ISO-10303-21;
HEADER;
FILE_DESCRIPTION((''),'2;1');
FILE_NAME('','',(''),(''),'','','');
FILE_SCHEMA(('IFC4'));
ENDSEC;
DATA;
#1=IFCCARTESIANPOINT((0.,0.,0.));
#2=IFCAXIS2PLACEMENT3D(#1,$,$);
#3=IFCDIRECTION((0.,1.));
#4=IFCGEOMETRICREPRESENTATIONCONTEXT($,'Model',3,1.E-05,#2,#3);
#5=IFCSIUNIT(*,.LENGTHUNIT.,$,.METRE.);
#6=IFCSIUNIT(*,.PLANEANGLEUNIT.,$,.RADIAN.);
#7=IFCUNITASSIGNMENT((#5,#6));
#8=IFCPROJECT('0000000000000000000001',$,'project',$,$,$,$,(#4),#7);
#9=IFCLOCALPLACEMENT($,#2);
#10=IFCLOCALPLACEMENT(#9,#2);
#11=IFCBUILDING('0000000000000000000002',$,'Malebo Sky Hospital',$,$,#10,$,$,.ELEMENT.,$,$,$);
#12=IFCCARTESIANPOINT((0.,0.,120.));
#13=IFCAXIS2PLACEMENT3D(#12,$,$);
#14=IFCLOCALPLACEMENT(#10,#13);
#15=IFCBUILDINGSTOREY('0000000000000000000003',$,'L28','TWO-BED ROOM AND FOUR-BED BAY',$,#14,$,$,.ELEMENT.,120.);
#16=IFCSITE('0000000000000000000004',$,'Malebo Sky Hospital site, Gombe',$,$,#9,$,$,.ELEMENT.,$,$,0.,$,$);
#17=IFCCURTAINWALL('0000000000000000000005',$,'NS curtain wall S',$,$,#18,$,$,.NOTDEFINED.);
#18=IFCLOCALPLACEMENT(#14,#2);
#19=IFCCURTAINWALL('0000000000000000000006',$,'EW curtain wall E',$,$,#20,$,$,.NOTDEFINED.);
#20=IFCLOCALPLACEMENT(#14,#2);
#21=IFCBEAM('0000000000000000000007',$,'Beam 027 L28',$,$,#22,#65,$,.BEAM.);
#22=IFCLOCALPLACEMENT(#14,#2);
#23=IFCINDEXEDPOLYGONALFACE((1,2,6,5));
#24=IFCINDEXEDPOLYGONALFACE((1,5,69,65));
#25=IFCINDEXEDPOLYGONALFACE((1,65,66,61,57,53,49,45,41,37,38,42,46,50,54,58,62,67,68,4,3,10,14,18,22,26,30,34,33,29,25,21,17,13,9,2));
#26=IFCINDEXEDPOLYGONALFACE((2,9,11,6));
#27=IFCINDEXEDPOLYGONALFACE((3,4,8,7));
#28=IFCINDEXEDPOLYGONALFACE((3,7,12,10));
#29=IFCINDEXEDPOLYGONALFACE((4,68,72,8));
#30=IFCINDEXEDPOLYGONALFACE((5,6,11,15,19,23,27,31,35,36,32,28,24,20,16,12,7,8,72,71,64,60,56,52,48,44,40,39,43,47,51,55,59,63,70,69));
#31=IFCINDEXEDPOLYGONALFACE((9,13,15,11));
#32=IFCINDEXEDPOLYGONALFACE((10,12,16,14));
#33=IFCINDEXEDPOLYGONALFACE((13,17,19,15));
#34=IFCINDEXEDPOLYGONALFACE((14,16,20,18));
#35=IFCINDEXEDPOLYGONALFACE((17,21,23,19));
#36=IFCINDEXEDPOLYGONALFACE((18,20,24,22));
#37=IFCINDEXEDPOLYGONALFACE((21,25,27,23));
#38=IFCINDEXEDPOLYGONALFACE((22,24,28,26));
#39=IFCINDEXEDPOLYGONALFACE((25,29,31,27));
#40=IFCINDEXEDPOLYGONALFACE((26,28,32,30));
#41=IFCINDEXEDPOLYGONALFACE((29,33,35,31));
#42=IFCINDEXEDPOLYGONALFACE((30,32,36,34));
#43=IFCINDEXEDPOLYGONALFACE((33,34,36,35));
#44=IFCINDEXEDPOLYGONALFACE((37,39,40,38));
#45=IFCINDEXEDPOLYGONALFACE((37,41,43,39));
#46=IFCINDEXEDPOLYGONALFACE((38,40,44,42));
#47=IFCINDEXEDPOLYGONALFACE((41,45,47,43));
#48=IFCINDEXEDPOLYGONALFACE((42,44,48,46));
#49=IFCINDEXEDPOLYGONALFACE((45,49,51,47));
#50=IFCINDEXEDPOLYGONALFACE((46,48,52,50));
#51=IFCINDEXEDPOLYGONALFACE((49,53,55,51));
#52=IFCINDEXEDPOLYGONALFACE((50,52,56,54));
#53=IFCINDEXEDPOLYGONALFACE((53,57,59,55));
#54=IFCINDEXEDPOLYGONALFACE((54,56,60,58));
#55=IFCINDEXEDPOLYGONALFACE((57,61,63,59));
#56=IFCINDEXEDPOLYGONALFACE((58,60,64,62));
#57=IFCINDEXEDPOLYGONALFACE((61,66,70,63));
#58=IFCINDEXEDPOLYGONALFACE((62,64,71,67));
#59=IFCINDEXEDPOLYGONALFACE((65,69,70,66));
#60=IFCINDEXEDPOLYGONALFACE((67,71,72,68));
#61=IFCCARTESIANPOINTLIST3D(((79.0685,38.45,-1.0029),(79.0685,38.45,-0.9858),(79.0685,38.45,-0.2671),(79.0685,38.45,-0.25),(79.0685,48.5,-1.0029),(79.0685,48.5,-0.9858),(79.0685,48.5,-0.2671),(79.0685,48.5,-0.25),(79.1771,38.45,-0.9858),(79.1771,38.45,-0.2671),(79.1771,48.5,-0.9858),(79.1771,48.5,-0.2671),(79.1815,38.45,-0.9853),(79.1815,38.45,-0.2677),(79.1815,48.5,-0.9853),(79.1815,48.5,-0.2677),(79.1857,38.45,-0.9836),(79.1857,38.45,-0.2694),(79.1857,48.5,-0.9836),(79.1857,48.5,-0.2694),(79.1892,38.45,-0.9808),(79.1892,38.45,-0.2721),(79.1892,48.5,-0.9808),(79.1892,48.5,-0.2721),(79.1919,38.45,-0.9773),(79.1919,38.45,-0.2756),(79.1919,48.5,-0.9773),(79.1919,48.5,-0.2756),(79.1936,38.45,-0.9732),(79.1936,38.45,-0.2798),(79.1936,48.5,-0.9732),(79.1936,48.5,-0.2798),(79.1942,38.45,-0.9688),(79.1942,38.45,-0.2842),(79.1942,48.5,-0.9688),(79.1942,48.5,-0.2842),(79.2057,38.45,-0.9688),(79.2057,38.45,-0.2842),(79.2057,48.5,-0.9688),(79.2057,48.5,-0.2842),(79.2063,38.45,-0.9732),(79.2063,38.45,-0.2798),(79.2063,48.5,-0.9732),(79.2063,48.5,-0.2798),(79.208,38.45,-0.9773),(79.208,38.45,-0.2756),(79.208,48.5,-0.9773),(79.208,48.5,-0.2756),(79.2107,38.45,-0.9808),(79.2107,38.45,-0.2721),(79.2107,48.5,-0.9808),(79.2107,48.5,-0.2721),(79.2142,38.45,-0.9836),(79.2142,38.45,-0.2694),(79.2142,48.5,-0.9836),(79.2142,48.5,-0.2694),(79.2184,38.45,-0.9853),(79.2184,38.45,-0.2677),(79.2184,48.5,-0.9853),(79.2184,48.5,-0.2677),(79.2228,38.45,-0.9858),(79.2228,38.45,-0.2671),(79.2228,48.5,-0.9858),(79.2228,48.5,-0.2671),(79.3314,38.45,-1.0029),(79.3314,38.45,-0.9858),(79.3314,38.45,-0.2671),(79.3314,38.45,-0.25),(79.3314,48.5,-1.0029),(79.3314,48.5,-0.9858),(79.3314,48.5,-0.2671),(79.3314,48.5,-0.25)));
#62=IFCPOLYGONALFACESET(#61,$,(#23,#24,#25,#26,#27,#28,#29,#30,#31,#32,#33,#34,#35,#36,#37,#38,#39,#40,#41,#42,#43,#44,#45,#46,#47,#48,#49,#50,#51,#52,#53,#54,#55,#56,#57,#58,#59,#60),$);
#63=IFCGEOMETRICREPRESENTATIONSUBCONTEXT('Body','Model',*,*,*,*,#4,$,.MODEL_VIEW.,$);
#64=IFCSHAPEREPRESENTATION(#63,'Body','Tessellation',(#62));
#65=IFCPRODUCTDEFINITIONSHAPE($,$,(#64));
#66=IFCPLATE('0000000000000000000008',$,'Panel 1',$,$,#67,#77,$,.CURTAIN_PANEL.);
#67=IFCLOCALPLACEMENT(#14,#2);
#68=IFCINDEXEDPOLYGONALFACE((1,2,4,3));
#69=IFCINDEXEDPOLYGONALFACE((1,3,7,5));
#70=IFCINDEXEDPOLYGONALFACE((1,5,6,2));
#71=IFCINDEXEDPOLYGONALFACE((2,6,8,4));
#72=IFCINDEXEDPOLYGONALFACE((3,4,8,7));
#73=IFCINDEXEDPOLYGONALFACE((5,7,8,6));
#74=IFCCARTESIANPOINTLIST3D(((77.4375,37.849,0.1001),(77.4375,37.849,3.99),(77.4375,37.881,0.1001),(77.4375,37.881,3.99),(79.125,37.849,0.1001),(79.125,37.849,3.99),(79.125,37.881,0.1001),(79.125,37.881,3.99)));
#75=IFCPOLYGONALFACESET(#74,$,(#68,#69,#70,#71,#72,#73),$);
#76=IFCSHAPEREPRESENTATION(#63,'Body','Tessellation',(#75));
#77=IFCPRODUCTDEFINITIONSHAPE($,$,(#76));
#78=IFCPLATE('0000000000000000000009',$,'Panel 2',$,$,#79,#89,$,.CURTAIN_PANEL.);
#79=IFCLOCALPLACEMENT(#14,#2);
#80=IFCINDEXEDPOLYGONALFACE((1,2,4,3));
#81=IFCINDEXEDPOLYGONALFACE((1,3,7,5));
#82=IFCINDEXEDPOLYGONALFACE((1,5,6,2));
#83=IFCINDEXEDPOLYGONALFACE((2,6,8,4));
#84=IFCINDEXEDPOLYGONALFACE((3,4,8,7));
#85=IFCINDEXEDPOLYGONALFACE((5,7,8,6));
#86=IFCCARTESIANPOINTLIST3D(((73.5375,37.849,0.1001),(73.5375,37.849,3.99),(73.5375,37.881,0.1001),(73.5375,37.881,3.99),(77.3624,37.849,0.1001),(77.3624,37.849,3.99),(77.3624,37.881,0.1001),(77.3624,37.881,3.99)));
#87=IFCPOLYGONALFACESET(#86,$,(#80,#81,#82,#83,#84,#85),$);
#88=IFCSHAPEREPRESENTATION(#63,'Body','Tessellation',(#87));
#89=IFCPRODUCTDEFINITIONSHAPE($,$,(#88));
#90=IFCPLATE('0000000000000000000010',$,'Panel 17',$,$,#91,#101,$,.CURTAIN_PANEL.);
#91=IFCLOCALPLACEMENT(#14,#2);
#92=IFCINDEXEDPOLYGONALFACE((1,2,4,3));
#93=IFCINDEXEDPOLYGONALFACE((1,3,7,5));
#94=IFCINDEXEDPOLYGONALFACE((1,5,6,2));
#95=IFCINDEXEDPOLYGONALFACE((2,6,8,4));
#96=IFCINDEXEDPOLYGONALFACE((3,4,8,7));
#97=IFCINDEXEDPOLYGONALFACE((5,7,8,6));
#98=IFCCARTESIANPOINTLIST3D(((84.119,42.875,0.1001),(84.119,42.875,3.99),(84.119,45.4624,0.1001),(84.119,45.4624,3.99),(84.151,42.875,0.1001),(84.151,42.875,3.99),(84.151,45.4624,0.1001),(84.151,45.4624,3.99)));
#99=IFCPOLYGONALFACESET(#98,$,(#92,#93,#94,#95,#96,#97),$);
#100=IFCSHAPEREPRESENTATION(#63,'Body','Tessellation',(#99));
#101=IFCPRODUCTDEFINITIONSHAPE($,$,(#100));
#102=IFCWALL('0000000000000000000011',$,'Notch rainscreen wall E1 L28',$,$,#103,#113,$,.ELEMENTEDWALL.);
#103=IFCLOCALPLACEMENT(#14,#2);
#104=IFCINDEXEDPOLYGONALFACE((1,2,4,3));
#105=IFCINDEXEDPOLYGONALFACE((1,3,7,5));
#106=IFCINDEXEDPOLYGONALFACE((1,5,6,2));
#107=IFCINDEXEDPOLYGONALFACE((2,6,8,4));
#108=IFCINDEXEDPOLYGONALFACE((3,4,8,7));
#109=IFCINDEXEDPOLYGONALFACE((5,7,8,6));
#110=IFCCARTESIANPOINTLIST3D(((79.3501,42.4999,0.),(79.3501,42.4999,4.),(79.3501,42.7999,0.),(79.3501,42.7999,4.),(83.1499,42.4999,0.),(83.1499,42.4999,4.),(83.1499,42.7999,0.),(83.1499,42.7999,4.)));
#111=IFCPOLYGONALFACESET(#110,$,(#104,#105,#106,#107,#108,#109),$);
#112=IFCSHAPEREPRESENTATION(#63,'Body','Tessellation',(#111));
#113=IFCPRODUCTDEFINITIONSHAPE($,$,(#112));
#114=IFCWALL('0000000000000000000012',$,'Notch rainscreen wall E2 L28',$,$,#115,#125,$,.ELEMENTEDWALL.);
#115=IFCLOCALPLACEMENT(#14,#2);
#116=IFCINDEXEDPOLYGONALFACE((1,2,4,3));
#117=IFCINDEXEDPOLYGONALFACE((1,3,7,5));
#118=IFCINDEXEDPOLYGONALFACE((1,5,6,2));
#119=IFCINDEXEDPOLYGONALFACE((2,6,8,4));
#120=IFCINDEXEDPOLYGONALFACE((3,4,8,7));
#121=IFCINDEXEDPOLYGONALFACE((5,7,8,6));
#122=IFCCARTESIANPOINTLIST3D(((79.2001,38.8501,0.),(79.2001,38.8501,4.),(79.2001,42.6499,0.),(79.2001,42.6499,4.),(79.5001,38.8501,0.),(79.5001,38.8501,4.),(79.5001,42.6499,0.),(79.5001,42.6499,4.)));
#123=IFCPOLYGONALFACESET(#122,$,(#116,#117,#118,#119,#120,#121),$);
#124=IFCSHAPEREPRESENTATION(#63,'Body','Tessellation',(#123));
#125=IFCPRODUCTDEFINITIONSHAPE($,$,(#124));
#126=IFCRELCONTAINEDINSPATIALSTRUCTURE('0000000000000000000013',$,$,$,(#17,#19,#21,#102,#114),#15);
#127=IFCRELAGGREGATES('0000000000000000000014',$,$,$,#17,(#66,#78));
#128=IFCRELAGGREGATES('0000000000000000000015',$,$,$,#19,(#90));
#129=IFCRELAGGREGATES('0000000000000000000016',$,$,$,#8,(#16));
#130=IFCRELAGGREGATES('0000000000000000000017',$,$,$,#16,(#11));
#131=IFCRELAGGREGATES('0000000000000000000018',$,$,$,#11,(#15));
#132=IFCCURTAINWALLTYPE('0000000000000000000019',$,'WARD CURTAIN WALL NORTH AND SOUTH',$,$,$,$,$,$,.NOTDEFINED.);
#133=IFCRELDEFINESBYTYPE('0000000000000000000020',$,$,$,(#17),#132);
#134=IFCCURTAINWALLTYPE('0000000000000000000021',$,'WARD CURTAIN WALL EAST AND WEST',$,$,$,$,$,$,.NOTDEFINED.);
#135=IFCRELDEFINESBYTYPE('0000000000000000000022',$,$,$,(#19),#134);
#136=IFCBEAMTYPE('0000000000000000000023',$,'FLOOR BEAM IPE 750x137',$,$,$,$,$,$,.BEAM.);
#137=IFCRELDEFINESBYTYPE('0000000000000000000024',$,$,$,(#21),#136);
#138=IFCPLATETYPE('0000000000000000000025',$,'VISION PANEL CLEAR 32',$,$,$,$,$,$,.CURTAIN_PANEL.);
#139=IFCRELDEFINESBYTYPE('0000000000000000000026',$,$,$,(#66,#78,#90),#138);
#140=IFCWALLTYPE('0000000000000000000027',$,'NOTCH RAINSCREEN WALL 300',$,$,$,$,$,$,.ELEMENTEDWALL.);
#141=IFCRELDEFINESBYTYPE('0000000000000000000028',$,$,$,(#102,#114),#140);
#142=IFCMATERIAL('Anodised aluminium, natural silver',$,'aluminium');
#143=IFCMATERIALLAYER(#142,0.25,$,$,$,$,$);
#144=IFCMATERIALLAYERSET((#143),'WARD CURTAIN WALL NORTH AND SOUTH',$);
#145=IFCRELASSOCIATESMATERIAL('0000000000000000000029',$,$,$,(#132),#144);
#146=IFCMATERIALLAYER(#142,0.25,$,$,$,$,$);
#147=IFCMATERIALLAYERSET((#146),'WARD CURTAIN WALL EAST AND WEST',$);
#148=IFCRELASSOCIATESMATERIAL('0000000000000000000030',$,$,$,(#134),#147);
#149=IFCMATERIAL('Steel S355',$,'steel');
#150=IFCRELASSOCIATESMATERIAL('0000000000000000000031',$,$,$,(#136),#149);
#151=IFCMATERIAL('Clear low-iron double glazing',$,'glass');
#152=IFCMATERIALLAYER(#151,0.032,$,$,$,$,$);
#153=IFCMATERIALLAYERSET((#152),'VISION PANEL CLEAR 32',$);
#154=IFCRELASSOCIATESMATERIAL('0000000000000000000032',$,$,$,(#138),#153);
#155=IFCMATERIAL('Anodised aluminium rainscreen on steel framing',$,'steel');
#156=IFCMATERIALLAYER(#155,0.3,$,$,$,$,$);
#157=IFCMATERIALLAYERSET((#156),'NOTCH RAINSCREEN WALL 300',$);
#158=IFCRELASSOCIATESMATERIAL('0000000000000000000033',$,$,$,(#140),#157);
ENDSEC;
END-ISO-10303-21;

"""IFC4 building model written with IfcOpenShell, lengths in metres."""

from ifc_helpers import new_model, si_unit, direction, frame, frame_2d, origin, origin_2d, place, context, subcontext, project, spatial, rectangle, i_section, extrude, material, layer, layer_set, material_profile, profile_set, type_object, element, aggregate, save


model = new_model("IFC4")

# Units and contexts
model_context = context("Model", 3, precision=1e-05, world=origin(), true_north=direction((0.0, 1.0)))
body_context = subcontext(model_context, "Body", "Model", "MODEL_VIEW")
ifc_project = project(units=[si_unit("LENGTHUNIT", "METRE"), si_unit("PLANEANGLEUNIT", "RADIAN")], contexts=[model_context])

# Site, building, storey
site_placement = place(None, origin())
site = spatial("IfcSite", under=ifc_project, at=site_placement, Name="Malebo Sky Hospital site, Gombe", CompositionType="ELEMENT", RefElevation=0.0)
building_placement = place(site_placement, origin())
building = spatial("IfcBuilding", under=site, at=building_placement, Name="Malebo Sky Hospital", CompositionType="ELEMENT")
storey_placement = place(building_placement, frame((0.0, 0.0, 120.0)))
storey = spatial("IfcBuildingStorey", under=building, at=storey_placement, Name="L28", Description="TWO-BED ROOM AND FOUR-BED BAY", CompositionType="ELEMENT", Elevation=120.0)

# Curtain wall
ifc_material_1 = material(Name="Anodised aluminium, natural silver", Category="aluminium")
ifc_layer_1 = layer(ifc_material_1, 0.25)
ifc_layer_set_1 = layer_set([ifc_layer_1], Name="WARD CURTAIN WALL NORTH AND SOUTH")
curtain_wall_type_1 = type_object("IfcCurtainWallType", Name="WARD CURTAIN WALL NORTH AND SOUTH", PredefinedType="NOTDEFINED", material=ifc_layer_set_1)
curtain_wall_1_placement = place(storey_placement, origin())
curtain_wall_1 = element("IfcCurtainWall", 1, at=curtain_wall_1_placement, inside=storey, type_object=curtain_wall_type_1, Name="NS curtain wall S", PredefinedType="NOTDEFINED")

# Curtain wall
ifc_layer_2 = layer(ifc_material_1, 0.25)
ifc_layer_set_2 = layer_set([ifc_layer_2], Name="WARD CURTAIN WALL EAST AND WEST")
curtain_wall_type_2 = type_object("IfcCurtainWallType", Name="WARD CURTAIN WALL EAST AND WEST", PredefinedType="NOTDEFINED", material=ifc_layer_set_2)
curtain_wall_2_placement = place(storey_placement, origin())
curtain_wall_2 = element("IfcCurtainWall", 2, at=curtain_wall_2_placement, inside=storey, type_object=curtain_wall_type_2, Name="EW curtain wall E", PredefinedType="NOTDEFINED")

# Beam
ifc_material_2 = material(Name="Steel S355", Category="steel")
ifc_material_profile_1 = material_profile(ifc_material_2, i_section(OverallWidth=0.2629, OverallDepth=0.7529, WebThickness=0.0115, FlangeThickness=0.0171, FilletRadius=0.0171, at=origin_2d()), Name="IPE 750x137")
ifc_profile_set_1 = profile_set([ifc_material_profile_1], Name="Steel S355")
beam_type_1 = type_object("IfcBeamType", Name="FLOOR BEAM IPE 750x137", PredefinedType="BEAM", material=ifc_profile_set_1)
beam_1_placement = place(storey_placement, frame((79.2, 38.45, -0.6265), z_axis=(0.0, 1.0, 0.0), x_axis=(-1.0, 0.0, 0.0)))
element("IfcBeam", 3, at=beam_1_placement, inside=storey, type_object=beam_type_1, Name="Beam 027 L28", PredefinedType="BEAM", context=body_context, shape_type="SweptSolid", body=[
    extrude(i_section(OverallWidth=0.2629, OverallDepth=0.7529, WebThickness=0.0115, FlangeThickness=0.0171, FilletRadius=0.0171, at=origin_2d()), origin(), (0.0, 0.0, 1.0), 10.05),
])

# Plates
ifc_material_3 = material(Name="Clear low-iron double glazing", Category="glass")
ifc_layer_3 = layer(ifc_material_3, 0.032)
ifc_layer_set_3 = layer_set([ifc_layer_3], Name="VISION PANEL CLEAR 32")
plate_type = type_object("IfcPlateType", Name="VISION PANEL CLEAR 32", PredefinedType="CURTAIN_PANEL", material=ifc_layer_set_3)
plate_1_placement = place(storey_placement, frame((78.2812, 37.865, 0.1001), z_axis=(0.0, 0.0, 1.0), x_axis=(-1.0, 0.0, 0.0)))
plate_1 = element("IfcPlate", 4, at=plate_1_placement, type_object=plate_type, Name="Panel 1", PredefinedType="CURTAIN_PANEL", context=body_context, shape_type="SweptSolid", body=[
    extrude(rectangle(XDim=1.6875, YDim=0.032, at=origin_2d()), origin(), (0.0, 0.0, 1.0), 3.8899),
])
plate_2_placement = place(storey_placement, frame((75.45, 37.865, 0.1001), z_axis=(0.0, 0.0, 1.0), x_axis=(-1.0, 0.0, 0.0)))
plate_2 = element("IfcPlate", 5, at=plate_2_placement, type_object=plate_type, Name="Panel 2", PredefinedType="CURTAIN_PANEL", context=body_context, shape_type="SweptSolid", body=[
    extrude(rectangle(XDim=3.825, YDim=0.032, at=origin_2d()), origin(), (0.0, 0.0, 1.0), 3.8899),
])
aggregate(curtain_wall_1, [plate_1, plate_2])
plate_3_placement = place(storey_placement, frame((84.135, 44.1687, 0.1001), z_axis=(0.0, 0.0, 1.0), x_axis=(0.0, -1.0, 0.0)))
plate_3 = element("IfcPlate", 6, at=plate_3_placement, type_object=plate_type, Name="Panel 17", PredefinedType="CURTAIN_PANEL", context=body_context, shape_type="SweptSolid", body=[
    extrude(rectangle(XDim=2.5874, YDim=0.032, at=origin_2d()), origin(), (0.0, 0.0, 1.0), 3.8899),
])
aggregate(curtain_wall_2, [plate_3])

# Walls
ifc_material_4 = material(Name="Anodised aluminium rainscreen on steel framing", Category="steel")
ifc_layer_4 = layer(ifc_material_4, 0.3)
ifc_layer_set_4 = layer_set([ifc_layer_4], Name="NOTCH RAINSCREEN WALL 300")
wall_type = type_object("IfcWallType", Name="NOTCH RAINSCREEN WALL 300", PredefinedType="ELEMENTEDWALL", material=ifc_layer_set_4)
for number, where, z_axis, x_axis, name in (
    (7, (83.1499, 42.6499, 0.0), (0.0, 0.0, 1.0), (-1.0, 0.0, 0.0), "Notch rainscreen wall E1 L28"),
    (8, (79.3501, 42.6499, 0.0), (0.0, 0.0, 1.0), (0.0, -1.0, 0.0), "Notch rainscreen wall E2 L28"),
):
    element("IfcWall", number, at=place(storey_placement, frame(where, z_axis=z_axis, x_axis=x_axis)), inside=storey, type_object=wall_type, Name=name, PredefinedType="ELEMENTEDWALL", context=body_context, shape_type="SweptSolid", body=[
        extrude(rectangle(XDim=3.7998, YDim=0.3, at=frame_2d((1.8999, 0.0))), origin(), (0.0, 0.0, 1.0), 4.0),
    ])

save(model, "model.ifc")
